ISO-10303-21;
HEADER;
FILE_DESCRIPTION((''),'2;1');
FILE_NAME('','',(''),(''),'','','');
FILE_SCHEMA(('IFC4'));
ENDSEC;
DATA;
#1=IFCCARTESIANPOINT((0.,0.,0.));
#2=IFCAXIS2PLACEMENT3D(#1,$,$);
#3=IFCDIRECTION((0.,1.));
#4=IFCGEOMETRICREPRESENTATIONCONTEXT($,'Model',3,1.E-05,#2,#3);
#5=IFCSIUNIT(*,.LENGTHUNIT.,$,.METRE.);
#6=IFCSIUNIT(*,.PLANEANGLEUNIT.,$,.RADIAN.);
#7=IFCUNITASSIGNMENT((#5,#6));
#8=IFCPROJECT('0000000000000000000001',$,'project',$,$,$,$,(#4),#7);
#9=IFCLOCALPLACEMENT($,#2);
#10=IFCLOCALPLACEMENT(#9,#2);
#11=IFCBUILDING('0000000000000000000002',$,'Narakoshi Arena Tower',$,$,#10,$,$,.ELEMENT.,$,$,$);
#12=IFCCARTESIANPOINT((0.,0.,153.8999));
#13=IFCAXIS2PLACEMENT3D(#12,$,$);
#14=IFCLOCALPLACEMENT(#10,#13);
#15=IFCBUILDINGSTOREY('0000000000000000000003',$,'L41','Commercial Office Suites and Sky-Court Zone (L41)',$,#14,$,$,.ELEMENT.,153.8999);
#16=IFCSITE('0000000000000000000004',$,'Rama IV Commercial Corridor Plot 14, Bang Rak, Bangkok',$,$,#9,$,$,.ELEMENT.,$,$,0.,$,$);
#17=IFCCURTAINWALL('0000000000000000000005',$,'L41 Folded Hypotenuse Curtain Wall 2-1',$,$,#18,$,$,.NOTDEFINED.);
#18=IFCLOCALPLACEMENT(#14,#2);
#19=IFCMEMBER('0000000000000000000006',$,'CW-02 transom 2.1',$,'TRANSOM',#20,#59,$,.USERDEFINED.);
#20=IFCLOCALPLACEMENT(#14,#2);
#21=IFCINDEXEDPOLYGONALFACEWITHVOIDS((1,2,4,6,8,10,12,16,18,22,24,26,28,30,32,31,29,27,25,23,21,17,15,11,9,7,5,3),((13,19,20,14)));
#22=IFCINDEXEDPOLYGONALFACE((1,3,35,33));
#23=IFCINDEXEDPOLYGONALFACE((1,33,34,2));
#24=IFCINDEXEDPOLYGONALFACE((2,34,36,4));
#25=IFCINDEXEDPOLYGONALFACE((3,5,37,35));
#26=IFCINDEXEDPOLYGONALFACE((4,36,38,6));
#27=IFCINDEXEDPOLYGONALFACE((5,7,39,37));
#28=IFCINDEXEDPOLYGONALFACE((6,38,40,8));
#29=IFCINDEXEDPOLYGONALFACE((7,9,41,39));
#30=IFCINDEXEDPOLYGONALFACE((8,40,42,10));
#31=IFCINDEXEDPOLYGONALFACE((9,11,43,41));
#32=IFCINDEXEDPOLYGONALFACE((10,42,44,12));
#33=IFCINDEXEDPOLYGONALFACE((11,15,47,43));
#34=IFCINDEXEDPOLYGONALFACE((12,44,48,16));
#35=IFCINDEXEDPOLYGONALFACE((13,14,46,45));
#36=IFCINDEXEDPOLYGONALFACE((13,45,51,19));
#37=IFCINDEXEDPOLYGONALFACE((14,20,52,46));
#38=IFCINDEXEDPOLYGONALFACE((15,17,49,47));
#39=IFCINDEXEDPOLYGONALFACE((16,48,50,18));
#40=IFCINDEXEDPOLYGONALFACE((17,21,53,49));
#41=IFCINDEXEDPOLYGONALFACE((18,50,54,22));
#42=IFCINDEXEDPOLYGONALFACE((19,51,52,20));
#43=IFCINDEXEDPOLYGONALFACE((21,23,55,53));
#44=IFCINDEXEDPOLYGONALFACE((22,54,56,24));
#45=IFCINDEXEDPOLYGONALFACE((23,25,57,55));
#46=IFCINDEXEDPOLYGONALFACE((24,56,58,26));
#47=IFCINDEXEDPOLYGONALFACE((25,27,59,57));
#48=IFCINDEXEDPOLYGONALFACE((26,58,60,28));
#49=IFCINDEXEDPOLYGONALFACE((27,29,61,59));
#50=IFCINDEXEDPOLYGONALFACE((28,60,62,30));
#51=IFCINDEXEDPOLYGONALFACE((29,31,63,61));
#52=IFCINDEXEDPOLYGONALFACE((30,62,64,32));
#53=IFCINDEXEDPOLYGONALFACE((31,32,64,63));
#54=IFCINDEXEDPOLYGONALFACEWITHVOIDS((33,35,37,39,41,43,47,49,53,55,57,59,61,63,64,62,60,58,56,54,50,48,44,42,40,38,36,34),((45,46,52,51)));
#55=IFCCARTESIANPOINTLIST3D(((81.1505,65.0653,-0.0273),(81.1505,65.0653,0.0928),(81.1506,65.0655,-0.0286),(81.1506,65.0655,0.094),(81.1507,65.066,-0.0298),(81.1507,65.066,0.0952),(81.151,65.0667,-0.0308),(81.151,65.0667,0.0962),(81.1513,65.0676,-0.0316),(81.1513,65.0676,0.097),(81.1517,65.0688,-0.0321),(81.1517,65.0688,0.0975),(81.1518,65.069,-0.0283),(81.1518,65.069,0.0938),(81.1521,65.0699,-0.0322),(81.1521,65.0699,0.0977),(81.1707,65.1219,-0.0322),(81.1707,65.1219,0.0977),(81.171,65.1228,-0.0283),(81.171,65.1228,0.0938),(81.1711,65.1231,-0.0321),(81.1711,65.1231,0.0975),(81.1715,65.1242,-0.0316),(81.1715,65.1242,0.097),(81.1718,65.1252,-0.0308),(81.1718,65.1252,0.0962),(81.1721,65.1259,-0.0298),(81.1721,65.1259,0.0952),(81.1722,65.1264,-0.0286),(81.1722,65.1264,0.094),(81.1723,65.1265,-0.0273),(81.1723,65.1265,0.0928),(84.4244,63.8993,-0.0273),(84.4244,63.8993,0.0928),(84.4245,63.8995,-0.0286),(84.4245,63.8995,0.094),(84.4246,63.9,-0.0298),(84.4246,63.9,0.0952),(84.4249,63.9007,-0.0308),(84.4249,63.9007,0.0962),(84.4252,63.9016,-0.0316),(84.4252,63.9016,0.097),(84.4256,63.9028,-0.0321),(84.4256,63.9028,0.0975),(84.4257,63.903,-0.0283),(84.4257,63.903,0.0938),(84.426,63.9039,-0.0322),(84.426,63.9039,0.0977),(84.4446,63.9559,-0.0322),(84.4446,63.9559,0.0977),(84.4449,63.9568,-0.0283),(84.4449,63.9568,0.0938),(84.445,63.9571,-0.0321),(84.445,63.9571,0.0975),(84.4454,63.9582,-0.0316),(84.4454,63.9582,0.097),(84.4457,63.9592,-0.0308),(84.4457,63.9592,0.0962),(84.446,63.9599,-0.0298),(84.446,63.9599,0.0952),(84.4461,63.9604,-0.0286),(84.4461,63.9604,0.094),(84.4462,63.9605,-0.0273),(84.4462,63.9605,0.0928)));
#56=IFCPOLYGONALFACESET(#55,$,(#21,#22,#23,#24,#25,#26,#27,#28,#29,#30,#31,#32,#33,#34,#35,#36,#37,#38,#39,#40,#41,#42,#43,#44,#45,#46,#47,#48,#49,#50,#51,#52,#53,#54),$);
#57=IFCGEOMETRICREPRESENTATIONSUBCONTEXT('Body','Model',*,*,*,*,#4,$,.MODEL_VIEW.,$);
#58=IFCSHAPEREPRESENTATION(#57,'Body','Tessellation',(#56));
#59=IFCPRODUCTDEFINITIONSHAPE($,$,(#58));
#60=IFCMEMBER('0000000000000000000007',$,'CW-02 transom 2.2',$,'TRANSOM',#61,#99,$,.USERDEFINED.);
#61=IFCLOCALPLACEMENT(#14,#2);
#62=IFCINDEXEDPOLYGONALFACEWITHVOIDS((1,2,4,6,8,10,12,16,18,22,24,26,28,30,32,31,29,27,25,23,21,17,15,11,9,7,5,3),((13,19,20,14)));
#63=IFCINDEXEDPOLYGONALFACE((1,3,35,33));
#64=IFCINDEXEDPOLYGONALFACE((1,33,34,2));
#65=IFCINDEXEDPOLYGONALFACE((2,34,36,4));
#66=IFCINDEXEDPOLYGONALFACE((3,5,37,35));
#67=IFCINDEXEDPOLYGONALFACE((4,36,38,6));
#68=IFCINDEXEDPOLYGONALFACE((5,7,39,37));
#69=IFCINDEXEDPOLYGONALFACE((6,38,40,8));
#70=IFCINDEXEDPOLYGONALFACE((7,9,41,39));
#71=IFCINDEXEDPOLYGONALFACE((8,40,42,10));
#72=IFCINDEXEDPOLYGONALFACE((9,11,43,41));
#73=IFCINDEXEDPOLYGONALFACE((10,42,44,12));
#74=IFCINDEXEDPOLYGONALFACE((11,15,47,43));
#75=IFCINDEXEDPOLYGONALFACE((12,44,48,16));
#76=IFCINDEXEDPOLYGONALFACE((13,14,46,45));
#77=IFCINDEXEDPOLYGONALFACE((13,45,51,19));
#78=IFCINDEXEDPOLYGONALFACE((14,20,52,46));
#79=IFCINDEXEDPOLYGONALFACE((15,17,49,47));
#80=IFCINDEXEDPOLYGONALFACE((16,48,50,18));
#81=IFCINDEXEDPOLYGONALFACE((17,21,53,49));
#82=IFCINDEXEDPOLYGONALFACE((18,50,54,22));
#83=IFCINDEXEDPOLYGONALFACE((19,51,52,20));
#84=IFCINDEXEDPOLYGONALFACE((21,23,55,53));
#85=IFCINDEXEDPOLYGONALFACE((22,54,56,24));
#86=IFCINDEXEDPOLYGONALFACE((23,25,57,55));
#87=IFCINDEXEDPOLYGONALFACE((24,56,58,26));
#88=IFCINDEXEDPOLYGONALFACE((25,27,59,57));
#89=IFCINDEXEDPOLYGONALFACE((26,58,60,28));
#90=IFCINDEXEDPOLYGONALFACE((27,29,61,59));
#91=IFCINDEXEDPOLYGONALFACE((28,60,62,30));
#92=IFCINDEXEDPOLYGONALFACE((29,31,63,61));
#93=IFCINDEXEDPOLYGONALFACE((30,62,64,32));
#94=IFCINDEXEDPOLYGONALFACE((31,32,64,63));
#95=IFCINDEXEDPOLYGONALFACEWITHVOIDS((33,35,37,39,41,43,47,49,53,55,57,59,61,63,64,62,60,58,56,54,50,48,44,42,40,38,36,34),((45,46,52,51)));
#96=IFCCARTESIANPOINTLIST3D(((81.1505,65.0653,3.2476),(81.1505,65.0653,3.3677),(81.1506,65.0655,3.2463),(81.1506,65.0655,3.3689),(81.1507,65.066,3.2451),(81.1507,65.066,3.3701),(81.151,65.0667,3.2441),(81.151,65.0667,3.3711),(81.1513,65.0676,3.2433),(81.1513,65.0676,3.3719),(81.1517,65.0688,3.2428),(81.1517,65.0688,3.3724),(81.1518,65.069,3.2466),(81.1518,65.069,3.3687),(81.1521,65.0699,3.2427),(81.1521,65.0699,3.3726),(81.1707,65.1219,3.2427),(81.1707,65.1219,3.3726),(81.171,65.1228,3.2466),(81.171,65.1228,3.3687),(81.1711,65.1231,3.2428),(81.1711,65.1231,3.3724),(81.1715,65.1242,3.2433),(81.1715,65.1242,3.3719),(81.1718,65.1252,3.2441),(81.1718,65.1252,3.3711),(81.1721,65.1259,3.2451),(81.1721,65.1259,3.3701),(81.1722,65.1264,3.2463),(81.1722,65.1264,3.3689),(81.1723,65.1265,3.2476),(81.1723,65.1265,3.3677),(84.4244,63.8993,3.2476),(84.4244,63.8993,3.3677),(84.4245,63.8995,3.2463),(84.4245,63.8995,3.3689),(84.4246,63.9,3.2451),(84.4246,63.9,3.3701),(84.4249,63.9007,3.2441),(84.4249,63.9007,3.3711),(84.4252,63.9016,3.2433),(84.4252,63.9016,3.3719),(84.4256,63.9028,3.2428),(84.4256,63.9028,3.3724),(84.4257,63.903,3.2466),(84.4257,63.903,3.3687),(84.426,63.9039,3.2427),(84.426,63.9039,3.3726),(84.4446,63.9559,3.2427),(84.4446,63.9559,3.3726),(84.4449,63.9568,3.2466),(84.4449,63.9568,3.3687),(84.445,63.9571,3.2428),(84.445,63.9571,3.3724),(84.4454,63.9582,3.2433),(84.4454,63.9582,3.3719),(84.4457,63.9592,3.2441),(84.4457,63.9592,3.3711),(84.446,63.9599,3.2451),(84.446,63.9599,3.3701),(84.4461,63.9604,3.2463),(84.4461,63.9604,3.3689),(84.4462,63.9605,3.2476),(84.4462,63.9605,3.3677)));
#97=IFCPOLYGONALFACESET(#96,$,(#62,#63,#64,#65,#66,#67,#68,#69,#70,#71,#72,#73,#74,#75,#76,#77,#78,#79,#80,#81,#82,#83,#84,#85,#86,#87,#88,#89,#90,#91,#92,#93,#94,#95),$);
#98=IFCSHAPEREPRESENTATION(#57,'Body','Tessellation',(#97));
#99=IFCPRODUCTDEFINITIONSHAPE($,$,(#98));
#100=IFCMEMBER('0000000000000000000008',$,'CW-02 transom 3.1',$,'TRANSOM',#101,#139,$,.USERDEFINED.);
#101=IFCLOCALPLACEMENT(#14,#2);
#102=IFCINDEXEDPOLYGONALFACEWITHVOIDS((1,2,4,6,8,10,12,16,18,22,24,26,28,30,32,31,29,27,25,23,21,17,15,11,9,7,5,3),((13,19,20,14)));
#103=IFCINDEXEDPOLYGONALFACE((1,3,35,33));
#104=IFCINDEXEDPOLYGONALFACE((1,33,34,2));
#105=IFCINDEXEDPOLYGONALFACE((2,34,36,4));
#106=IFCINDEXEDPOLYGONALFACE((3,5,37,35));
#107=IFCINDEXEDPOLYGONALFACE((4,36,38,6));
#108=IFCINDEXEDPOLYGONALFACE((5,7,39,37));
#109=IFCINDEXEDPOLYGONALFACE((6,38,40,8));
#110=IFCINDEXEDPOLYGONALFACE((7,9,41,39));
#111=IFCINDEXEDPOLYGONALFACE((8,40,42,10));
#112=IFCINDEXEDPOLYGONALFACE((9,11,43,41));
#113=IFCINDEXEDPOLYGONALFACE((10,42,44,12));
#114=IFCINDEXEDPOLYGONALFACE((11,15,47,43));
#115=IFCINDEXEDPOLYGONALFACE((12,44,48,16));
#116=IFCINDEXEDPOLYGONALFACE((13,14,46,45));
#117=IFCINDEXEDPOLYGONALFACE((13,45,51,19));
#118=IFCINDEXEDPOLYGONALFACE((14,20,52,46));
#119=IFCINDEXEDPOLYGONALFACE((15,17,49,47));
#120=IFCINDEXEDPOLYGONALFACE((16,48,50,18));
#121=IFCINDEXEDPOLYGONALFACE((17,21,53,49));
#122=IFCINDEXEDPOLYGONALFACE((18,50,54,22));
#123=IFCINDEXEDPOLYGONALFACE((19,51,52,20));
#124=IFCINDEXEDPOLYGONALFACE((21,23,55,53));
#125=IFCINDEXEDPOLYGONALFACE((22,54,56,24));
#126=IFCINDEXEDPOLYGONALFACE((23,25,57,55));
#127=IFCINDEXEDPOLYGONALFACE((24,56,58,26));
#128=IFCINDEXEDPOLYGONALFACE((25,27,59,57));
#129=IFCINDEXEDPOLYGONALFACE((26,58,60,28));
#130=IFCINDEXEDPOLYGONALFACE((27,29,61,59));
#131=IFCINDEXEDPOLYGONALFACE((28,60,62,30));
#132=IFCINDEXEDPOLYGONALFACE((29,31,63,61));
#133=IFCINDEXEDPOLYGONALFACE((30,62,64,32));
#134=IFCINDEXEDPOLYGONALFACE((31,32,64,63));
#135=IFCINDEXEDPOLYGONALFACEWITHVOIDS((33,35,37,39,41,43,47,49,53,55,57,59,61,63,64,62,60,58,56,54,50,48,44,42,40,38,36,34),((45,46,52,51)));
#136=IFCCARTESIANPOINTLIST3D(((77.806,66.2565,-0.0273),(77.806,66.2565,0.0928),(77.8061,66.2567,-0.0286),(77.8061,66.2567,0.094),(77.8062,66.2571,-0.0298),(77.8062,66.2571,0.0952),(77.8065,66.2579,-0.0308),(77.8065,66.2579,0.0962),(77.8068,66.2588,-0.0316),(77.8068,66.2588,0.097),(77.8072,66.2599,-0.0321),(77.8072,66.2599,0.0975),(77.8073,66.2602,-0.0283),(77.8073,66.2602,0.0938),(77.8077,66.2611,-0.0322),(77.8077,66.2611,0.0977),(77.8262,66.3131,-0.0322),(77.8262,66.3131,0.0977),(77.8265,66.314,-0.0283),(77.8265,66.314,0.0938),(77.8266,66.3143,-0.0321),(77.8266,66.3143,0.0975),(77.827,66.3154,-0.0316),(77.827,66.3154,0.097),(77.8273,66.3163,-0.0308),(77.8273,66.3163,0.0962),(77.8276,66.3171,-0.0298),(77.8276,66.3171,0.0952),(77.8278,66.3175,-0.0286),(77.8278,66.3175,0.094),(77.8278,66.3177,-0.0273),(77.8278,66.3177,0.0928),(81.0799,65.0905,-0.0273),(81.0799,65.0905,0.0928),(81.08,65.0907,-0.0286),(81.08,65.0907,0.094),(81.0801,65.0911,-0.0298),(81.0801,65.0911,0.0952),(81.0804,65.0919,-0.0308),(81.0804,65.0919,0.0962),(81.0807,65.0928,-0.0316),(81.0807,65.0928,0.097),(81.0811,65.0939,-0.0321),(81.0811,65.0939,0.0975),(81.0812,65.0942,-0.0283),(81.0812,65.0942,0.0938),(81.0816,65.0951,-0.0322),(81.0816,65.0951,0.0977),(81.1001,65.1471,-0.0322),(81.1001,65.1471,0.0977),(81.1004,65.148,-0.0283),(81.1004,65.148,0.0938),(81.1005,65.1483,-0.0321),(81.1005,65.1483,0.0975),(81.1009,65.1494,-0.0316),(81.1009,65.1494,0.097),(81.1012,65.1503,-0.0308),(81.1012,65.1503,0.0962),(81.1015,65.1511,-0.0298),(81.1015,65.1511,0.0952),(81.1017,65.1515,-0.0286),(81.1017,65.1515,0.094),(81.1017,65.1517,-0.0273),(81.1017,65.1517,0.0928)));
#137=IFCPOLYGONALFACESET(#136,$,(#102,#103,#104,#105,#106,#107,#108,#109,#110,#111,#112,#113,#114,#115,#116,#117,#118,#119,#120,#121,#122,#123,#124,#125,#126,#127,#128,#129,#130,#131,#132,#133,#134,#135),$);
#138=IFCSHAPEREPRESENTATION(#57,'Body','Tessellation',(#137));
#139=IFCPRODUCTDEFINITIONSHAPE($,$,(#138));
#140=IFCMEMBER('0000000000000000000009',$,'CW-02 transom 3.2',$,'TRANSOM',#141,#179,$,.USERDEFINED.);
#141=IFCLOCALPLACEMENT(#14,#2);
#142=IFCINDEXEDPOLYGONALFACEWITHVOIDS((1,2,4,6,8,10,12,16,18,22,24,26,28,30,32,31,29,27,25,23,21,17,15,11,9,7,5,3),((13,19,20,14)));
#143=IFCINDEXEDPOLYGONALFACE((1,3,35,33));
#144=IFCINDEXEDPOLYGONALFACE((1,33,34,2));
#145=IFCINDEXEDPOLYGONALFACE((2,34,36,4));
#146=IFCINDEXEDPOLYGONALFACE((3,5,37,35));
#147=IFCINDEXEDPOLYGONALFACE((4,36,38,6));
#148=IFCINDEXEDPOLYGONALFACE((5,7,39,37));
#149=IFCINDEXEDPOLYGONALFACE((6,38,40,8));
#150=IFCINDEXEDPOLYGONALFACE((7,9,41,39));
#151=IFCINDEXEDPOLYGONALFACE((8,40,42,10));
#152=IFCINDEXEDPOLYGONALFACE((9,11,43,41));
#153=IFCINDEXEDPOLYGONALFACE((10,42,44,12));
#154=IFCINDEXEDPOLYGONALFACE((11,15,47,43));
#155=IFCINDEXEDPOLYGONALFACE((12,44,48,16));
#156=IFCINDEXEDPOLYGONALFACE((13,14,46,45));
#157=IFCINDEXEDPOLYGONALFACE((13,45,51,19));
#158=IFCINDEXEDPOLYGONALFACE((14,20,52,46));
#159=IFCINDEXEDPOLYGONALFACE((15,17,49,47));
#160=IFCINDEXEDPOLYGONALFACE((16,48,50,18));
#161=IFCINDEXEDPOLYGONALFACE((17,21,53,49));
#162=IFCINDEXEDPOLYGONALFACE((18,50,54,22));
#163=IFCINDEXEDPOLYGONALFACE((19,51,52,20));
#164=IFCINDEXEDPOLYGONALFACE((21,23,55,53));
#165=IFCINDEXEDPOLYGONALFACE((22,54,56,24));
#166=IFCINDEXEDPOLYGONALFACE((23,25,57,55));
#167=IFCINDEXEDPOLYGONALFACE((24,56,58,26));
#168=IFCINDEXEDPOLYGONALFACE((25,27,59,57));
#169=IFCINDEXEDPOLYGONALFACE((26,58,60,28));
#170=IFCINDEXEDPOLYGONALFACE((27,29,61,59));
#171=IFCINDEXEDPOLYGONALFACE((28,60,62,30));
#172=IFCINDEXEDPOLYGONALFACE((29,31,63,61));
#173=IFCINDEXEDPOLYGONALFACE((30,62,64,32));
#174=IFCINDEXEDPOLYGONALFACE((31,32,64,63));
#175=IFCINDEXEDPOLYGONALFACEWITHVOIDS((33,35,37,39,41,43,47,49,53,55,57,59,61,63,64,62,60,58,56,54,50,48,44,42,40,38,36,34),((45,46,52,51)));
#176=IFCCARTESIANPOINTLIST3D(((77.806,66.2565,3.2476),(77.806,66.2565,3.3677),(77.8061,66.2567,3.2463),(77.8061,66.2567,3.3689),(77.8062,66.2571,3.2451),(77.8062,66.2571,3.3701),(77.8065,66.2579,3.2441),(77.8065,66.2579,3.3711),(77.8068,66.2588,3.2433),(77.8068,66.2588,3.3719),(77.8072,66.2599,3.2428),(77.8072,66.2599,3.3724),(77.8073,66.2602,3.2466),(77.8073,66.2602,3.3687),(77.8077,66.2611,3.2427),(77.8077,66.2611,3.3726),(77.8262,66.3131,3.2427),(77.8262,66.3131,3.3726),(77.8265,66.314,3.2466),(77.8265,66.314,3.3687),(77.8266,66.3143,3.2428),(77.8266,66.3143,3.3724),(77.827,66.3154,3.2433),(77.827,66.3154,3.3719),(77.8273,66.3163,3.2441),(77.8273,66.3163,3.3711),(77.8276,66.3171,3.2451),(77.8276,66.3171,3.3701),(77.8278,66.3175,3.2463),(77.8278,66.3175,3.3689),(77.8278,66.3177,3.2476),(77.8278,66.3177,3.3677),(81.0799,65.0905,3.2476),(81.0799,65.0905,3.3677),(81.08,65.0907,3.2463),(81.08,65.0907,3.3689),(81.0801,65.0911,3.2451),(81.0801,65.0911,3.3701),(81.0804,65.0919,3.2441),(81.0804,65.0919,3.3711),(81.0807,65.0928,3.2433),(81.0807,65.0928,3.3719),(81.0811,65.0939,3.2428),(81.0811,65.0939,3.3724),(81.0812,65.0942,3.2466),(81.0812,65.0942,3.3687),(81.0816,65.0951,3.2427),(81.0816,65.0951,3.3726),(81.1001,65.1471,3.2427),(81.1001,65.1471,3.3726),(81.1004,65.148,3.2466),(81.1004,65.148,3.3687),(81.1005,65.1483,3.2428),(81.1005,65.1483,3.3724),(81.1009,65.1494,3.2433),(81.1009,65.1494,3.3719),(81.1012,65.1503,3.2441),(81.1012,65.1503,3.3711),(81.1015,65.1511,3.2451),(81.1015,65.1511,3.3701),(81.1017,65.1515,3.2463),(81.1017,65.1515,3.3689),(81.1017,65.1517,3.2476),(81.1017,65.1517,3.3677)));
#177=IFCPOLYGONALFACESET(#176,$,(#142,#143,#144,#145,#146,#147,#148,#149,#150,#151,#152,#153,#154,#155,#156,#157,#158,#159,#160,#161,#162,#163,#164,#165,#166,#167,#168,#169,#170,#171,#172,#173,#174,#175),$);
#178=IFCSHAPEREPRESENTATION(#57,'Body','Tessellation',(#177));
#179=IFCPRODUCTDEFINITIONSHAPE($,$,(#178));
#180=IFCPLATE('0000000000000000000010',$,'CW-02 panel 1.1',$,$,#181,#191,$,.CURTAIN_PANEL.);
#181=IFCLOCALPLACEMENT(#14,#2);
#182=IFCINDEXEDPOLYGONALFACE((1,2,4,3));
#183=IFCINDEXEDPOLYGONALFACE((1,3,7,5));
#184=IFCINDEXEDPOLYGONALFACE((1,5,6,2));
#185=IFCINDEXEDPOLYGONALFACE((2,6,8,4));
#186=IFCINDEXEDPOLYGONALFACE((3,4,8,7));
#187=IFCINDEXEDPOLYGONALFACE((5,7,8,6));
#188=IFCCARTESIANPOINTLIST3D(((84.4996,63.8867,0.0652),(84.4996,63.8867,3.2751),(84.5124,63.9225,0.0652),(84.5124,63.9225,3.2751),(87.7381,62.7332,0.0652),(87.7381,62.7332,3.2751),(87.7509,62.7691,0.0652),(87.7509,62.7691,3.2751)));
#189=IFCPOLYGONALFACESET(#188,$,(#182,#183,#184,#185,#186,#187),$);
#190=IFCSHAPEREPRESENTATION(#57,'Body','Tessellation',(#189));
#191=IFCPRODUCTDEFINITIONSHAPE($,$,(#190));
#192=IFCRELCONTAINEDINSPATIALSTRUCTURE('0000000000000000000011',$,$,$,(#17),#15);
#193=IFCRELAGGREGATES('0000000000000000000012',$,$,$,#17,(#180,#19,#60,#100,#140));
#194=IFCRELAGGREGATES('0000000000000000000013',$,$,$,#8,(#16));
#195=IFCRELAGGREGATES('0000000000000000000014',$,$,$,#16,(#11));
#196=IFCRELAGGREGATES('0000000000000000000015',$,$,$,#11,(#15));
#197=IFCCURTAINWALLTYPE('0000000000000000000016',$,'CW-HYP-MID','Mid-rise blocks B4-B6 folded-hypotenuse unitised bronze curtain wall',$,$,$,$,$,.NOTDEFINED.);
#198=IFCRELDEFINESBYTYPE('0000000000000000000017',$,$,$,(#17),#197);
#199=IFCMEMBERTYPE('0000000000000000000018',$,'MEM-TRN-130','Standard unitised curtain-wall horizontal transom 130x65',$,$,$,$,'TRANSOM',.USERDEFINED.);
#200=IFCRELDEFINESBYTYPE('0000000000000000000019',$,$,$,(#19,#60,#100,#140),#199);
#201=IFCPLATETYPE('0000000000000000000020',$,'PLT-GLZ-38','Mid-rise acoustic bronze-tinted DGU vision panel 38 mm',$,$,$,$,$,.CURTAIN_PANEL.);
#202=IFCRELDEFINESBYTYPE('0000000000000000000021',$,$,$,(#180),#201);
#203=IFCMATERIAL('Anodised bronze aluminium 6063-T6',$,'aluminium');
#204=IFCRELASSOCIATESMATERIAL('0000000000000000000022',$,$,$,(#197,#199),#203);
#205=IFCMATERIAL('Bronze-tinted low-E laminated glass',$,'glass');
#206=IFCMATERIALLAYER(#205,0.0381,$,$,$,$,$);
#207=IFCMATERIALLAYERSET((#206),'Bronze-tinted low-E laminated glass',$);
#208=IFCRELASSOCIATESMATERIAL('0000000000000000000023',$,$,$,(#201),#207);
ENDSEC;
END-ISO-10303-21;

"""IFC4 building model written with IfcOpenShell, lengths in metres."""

from ifc_helpers import new_model, si_unit, direction, frame, origin, origin_2d, place, context, subcontext, project, spatial, rectangle, hollow_rectangle, extrude, material, layer, layer_set, material_profile, profile_set, type_object, element, aggregate, save


model = new_model("IFC4")

# Units and contexts
model_context = context("Model", 3, precision=1e-05, world=origin(), true_north=direction((0.0, 1.0)))
body_context = subcontext(model_context, "Body", "Model", "MODEL_VIEW")
ifc_project = project(units=[si_unit("LENGTHUNIT", "METRE"), si_unit("PLANEANGLEUNIT", "RADIAN")], contexts=[model_context])

# Site, building, storey
site_placement = place(None, origin())
site = spatial("IfcSite", under=ifc_project, at=site_placement, Name="Rama IV Commercial Corridor Plot 14, Bang Rak, Bangkok", CompositionType="ELEMENT", RefElevation=0.0)
building_placement = place(site_placement, origin())
building = spatial("IfcBuilding", under=site, at=building_placement, Name="Narakoshi Arena Tower", CompositionType="ELEMENT")
storey_placement = place(building_placement, frame((0.0, 0.0, 153.8999)))
storey = spatial("IfcBuildingStorey", under=building, at=storey_placement, Name="L41", Description="Commercial Office Suites and Sky-Court Zone (L41)", CompositionType="ELEMENT", Elevation=153.8999)

# Shared definitions
ifc_material_1 = material(Name="Anodised bronze aluminium 6063-T6", Category="aluminium")
curtain_wall_type = type_object("IfcCurtainWallType", Name="CW-HYP-MID", Description="Mid-rise blocks B4-B6 folded-hypotenuse unitised bronze curtain wall", PredefinedType="NOTDEFINED", material=ifc_material_1)

# Curtain wall, members, plate
curtain_wall_1_placement = place(storey_placement, origin())
curtain_wall_1 = element("IfcCurtainWall", 1, at=curtain_wall_1_placement, inside=storey, type_object=curtain_wall_type, Name="L41 Folded Hypotenuse Curtain Wall 2-1", PredefinedType="NOTDEFINED")
ifc_material_profile_1 = material_profile(ifc_material_1, hollow_rectangle(XDim=0.0649, YDim=0.1299, WallThickness=0.0039, OuterFilletRadius=0.0049, at=origin_2d()), Name="TRN130x65x4")
ifc_profile_set_1 = profile_set([ifc_material_profile_1], Name="Anodised bronze aluminium 6063-T6")
member_type_1 = type_object("IfcMemberType", Name="MEM-TRN-130", Description="Standard unitised curtain-wall horizontal transom 130x65", ElementType="TRANSOM", PredefinedType="USERDEFINED", material=ifc_profile_set_1)
member_1_placement = place(storey_placement, frame((84.4353, 63.9299, 0.0327), z_axis=(-0.942037, 0.335509, 0.0), x_axis=(-0.335509, -0.942037, 0.0)))
member_1 = element("IfcMember", 2, at=member_1_placement, type_object=member_type_1, Name="CW-02 transom 2.1", ObjectType="TRANSOM", PredefinedType="USERDEFINED", context=body_context, shape_type="SweptSolid", body=[
    extrude(hollow_rectangle(XDim=0.0649, YDim=0.1299, WallThickness=0.0039, OuterFilletRadius=0.0049, at=origin_2d()), origin(), (0.0, 0.0, 1.0), 3.4753),
])
member_2_placement = place(storey_placement, frame((84.4353, 63.9299, 3.3076), z_axis=(-0.942037, 0.335509, 0.0), x_axis=(-0.335509, -0.942037, 0.0)))
member_2 = element("IfcMember", 3, at=member_2_placement, type_object=member_type_1, Name="CW-02 transom 2.2", ObjectType="TRANSOM", PredefinedType="USERDEFINED", context=body_context, shape_type="SweptSolid", body=[
    extrude(hollow_rectangle(XDim=0.0649, YDim=0.1299, WallThickness=0.0039, OuterFilletRadius=0.0049, at=origin_2d()), origin(), (0.0, 0.0, 1.0), 3.4753),
])
member_3_placement = place(storey_placement, frame((81.0908, 65.1211, 0.0327), z_axis=(-0.942037, 0.335509, 0.0), x_axis=(-0.335509, -0.942037, 0.0)))
member_3 = element("IfcMember", 4, at=member_3_placement, type_object=member_type_1, Name="CW-02 transom 3.1", ObjectType="TRANSOM", PredefinedType="USERDEFINED", context=body_context, shape_type="SweptSolid", body=[
    extrude(hollow_rectangle(XDim=0.0649, YDim=0.1299, WallThickness=0.0039, OuterFilletRadius=0.0049, at=origin_2d()), origin(), (0.0, 0.0, 1.0), 3.4753),
])
member_4_placement = place(storey_placement, frame((81.0908, 65.1211, 3.3076), z_axis=(-0.942037, 0.335509, 0.0), x_axis=(-0.335509, -0.942037, 0.0)))
member_4 = element("IfcMember", 5, at=member_4_placement, type_object=member_type_1, Name="CW-02 transom 3.2", ObjectType="TRANSOM", PredefinedType="USERDEFINED", context=body_context, shape_type="SweptSolid", body=[
    extrude(hollow_rectangle(XDim=0.0649, YDim=0.1299, WallThickness=0.0039, OuterFilletRadius=0.0049, at=origin_2d()), origin(), (0.0, 0.0, 1.0), 3.4753),
])
ifc_material_2 = material(Name="Bronze-tinted low-E laminated glass", Category="glass")
ifc_layer_1 = layer(ifc_material_2, 0.0381)
ifc_layer_set_1 = layer_set([ifc_layer_1], Name="Bronze-tinted low-E laminated glass")
plate_type = type_object("IfcPlateType", Name="PLT-GLZ-38", Description="Mid-rise acoustic bronze-tinted DGU vision panel 38 mm", PredefinedType="CURTAIN_PANEL", material=ifc_layer_set_1)
plate_1_placement = place(storey_placement, frame((86.1252, 63.3279, 0.0652), z_axis=(0.0, 0.0, 1.0), x_axis=(-0.942034, 0.335518, 0.0)))
plate_1 = element("IfcPlate", 6, at=plate_1_placement, type_object=plate_type, Name="CW-02 panel 1.1", PredefinedType="CURTAIN_PANEL", context=body_context, shape_type="SweptSolid", body=[
    extrude(rectangle(XDim=3.4377, YDim=0.0381, at=origin_2d()), origin(), (0.0, 0.0, 1.0), 3.21),
])
aggregate(curtain_wall_1, [plate_1, member_1, member_2, member_3, member_4])

save(model, "model.ifc")
